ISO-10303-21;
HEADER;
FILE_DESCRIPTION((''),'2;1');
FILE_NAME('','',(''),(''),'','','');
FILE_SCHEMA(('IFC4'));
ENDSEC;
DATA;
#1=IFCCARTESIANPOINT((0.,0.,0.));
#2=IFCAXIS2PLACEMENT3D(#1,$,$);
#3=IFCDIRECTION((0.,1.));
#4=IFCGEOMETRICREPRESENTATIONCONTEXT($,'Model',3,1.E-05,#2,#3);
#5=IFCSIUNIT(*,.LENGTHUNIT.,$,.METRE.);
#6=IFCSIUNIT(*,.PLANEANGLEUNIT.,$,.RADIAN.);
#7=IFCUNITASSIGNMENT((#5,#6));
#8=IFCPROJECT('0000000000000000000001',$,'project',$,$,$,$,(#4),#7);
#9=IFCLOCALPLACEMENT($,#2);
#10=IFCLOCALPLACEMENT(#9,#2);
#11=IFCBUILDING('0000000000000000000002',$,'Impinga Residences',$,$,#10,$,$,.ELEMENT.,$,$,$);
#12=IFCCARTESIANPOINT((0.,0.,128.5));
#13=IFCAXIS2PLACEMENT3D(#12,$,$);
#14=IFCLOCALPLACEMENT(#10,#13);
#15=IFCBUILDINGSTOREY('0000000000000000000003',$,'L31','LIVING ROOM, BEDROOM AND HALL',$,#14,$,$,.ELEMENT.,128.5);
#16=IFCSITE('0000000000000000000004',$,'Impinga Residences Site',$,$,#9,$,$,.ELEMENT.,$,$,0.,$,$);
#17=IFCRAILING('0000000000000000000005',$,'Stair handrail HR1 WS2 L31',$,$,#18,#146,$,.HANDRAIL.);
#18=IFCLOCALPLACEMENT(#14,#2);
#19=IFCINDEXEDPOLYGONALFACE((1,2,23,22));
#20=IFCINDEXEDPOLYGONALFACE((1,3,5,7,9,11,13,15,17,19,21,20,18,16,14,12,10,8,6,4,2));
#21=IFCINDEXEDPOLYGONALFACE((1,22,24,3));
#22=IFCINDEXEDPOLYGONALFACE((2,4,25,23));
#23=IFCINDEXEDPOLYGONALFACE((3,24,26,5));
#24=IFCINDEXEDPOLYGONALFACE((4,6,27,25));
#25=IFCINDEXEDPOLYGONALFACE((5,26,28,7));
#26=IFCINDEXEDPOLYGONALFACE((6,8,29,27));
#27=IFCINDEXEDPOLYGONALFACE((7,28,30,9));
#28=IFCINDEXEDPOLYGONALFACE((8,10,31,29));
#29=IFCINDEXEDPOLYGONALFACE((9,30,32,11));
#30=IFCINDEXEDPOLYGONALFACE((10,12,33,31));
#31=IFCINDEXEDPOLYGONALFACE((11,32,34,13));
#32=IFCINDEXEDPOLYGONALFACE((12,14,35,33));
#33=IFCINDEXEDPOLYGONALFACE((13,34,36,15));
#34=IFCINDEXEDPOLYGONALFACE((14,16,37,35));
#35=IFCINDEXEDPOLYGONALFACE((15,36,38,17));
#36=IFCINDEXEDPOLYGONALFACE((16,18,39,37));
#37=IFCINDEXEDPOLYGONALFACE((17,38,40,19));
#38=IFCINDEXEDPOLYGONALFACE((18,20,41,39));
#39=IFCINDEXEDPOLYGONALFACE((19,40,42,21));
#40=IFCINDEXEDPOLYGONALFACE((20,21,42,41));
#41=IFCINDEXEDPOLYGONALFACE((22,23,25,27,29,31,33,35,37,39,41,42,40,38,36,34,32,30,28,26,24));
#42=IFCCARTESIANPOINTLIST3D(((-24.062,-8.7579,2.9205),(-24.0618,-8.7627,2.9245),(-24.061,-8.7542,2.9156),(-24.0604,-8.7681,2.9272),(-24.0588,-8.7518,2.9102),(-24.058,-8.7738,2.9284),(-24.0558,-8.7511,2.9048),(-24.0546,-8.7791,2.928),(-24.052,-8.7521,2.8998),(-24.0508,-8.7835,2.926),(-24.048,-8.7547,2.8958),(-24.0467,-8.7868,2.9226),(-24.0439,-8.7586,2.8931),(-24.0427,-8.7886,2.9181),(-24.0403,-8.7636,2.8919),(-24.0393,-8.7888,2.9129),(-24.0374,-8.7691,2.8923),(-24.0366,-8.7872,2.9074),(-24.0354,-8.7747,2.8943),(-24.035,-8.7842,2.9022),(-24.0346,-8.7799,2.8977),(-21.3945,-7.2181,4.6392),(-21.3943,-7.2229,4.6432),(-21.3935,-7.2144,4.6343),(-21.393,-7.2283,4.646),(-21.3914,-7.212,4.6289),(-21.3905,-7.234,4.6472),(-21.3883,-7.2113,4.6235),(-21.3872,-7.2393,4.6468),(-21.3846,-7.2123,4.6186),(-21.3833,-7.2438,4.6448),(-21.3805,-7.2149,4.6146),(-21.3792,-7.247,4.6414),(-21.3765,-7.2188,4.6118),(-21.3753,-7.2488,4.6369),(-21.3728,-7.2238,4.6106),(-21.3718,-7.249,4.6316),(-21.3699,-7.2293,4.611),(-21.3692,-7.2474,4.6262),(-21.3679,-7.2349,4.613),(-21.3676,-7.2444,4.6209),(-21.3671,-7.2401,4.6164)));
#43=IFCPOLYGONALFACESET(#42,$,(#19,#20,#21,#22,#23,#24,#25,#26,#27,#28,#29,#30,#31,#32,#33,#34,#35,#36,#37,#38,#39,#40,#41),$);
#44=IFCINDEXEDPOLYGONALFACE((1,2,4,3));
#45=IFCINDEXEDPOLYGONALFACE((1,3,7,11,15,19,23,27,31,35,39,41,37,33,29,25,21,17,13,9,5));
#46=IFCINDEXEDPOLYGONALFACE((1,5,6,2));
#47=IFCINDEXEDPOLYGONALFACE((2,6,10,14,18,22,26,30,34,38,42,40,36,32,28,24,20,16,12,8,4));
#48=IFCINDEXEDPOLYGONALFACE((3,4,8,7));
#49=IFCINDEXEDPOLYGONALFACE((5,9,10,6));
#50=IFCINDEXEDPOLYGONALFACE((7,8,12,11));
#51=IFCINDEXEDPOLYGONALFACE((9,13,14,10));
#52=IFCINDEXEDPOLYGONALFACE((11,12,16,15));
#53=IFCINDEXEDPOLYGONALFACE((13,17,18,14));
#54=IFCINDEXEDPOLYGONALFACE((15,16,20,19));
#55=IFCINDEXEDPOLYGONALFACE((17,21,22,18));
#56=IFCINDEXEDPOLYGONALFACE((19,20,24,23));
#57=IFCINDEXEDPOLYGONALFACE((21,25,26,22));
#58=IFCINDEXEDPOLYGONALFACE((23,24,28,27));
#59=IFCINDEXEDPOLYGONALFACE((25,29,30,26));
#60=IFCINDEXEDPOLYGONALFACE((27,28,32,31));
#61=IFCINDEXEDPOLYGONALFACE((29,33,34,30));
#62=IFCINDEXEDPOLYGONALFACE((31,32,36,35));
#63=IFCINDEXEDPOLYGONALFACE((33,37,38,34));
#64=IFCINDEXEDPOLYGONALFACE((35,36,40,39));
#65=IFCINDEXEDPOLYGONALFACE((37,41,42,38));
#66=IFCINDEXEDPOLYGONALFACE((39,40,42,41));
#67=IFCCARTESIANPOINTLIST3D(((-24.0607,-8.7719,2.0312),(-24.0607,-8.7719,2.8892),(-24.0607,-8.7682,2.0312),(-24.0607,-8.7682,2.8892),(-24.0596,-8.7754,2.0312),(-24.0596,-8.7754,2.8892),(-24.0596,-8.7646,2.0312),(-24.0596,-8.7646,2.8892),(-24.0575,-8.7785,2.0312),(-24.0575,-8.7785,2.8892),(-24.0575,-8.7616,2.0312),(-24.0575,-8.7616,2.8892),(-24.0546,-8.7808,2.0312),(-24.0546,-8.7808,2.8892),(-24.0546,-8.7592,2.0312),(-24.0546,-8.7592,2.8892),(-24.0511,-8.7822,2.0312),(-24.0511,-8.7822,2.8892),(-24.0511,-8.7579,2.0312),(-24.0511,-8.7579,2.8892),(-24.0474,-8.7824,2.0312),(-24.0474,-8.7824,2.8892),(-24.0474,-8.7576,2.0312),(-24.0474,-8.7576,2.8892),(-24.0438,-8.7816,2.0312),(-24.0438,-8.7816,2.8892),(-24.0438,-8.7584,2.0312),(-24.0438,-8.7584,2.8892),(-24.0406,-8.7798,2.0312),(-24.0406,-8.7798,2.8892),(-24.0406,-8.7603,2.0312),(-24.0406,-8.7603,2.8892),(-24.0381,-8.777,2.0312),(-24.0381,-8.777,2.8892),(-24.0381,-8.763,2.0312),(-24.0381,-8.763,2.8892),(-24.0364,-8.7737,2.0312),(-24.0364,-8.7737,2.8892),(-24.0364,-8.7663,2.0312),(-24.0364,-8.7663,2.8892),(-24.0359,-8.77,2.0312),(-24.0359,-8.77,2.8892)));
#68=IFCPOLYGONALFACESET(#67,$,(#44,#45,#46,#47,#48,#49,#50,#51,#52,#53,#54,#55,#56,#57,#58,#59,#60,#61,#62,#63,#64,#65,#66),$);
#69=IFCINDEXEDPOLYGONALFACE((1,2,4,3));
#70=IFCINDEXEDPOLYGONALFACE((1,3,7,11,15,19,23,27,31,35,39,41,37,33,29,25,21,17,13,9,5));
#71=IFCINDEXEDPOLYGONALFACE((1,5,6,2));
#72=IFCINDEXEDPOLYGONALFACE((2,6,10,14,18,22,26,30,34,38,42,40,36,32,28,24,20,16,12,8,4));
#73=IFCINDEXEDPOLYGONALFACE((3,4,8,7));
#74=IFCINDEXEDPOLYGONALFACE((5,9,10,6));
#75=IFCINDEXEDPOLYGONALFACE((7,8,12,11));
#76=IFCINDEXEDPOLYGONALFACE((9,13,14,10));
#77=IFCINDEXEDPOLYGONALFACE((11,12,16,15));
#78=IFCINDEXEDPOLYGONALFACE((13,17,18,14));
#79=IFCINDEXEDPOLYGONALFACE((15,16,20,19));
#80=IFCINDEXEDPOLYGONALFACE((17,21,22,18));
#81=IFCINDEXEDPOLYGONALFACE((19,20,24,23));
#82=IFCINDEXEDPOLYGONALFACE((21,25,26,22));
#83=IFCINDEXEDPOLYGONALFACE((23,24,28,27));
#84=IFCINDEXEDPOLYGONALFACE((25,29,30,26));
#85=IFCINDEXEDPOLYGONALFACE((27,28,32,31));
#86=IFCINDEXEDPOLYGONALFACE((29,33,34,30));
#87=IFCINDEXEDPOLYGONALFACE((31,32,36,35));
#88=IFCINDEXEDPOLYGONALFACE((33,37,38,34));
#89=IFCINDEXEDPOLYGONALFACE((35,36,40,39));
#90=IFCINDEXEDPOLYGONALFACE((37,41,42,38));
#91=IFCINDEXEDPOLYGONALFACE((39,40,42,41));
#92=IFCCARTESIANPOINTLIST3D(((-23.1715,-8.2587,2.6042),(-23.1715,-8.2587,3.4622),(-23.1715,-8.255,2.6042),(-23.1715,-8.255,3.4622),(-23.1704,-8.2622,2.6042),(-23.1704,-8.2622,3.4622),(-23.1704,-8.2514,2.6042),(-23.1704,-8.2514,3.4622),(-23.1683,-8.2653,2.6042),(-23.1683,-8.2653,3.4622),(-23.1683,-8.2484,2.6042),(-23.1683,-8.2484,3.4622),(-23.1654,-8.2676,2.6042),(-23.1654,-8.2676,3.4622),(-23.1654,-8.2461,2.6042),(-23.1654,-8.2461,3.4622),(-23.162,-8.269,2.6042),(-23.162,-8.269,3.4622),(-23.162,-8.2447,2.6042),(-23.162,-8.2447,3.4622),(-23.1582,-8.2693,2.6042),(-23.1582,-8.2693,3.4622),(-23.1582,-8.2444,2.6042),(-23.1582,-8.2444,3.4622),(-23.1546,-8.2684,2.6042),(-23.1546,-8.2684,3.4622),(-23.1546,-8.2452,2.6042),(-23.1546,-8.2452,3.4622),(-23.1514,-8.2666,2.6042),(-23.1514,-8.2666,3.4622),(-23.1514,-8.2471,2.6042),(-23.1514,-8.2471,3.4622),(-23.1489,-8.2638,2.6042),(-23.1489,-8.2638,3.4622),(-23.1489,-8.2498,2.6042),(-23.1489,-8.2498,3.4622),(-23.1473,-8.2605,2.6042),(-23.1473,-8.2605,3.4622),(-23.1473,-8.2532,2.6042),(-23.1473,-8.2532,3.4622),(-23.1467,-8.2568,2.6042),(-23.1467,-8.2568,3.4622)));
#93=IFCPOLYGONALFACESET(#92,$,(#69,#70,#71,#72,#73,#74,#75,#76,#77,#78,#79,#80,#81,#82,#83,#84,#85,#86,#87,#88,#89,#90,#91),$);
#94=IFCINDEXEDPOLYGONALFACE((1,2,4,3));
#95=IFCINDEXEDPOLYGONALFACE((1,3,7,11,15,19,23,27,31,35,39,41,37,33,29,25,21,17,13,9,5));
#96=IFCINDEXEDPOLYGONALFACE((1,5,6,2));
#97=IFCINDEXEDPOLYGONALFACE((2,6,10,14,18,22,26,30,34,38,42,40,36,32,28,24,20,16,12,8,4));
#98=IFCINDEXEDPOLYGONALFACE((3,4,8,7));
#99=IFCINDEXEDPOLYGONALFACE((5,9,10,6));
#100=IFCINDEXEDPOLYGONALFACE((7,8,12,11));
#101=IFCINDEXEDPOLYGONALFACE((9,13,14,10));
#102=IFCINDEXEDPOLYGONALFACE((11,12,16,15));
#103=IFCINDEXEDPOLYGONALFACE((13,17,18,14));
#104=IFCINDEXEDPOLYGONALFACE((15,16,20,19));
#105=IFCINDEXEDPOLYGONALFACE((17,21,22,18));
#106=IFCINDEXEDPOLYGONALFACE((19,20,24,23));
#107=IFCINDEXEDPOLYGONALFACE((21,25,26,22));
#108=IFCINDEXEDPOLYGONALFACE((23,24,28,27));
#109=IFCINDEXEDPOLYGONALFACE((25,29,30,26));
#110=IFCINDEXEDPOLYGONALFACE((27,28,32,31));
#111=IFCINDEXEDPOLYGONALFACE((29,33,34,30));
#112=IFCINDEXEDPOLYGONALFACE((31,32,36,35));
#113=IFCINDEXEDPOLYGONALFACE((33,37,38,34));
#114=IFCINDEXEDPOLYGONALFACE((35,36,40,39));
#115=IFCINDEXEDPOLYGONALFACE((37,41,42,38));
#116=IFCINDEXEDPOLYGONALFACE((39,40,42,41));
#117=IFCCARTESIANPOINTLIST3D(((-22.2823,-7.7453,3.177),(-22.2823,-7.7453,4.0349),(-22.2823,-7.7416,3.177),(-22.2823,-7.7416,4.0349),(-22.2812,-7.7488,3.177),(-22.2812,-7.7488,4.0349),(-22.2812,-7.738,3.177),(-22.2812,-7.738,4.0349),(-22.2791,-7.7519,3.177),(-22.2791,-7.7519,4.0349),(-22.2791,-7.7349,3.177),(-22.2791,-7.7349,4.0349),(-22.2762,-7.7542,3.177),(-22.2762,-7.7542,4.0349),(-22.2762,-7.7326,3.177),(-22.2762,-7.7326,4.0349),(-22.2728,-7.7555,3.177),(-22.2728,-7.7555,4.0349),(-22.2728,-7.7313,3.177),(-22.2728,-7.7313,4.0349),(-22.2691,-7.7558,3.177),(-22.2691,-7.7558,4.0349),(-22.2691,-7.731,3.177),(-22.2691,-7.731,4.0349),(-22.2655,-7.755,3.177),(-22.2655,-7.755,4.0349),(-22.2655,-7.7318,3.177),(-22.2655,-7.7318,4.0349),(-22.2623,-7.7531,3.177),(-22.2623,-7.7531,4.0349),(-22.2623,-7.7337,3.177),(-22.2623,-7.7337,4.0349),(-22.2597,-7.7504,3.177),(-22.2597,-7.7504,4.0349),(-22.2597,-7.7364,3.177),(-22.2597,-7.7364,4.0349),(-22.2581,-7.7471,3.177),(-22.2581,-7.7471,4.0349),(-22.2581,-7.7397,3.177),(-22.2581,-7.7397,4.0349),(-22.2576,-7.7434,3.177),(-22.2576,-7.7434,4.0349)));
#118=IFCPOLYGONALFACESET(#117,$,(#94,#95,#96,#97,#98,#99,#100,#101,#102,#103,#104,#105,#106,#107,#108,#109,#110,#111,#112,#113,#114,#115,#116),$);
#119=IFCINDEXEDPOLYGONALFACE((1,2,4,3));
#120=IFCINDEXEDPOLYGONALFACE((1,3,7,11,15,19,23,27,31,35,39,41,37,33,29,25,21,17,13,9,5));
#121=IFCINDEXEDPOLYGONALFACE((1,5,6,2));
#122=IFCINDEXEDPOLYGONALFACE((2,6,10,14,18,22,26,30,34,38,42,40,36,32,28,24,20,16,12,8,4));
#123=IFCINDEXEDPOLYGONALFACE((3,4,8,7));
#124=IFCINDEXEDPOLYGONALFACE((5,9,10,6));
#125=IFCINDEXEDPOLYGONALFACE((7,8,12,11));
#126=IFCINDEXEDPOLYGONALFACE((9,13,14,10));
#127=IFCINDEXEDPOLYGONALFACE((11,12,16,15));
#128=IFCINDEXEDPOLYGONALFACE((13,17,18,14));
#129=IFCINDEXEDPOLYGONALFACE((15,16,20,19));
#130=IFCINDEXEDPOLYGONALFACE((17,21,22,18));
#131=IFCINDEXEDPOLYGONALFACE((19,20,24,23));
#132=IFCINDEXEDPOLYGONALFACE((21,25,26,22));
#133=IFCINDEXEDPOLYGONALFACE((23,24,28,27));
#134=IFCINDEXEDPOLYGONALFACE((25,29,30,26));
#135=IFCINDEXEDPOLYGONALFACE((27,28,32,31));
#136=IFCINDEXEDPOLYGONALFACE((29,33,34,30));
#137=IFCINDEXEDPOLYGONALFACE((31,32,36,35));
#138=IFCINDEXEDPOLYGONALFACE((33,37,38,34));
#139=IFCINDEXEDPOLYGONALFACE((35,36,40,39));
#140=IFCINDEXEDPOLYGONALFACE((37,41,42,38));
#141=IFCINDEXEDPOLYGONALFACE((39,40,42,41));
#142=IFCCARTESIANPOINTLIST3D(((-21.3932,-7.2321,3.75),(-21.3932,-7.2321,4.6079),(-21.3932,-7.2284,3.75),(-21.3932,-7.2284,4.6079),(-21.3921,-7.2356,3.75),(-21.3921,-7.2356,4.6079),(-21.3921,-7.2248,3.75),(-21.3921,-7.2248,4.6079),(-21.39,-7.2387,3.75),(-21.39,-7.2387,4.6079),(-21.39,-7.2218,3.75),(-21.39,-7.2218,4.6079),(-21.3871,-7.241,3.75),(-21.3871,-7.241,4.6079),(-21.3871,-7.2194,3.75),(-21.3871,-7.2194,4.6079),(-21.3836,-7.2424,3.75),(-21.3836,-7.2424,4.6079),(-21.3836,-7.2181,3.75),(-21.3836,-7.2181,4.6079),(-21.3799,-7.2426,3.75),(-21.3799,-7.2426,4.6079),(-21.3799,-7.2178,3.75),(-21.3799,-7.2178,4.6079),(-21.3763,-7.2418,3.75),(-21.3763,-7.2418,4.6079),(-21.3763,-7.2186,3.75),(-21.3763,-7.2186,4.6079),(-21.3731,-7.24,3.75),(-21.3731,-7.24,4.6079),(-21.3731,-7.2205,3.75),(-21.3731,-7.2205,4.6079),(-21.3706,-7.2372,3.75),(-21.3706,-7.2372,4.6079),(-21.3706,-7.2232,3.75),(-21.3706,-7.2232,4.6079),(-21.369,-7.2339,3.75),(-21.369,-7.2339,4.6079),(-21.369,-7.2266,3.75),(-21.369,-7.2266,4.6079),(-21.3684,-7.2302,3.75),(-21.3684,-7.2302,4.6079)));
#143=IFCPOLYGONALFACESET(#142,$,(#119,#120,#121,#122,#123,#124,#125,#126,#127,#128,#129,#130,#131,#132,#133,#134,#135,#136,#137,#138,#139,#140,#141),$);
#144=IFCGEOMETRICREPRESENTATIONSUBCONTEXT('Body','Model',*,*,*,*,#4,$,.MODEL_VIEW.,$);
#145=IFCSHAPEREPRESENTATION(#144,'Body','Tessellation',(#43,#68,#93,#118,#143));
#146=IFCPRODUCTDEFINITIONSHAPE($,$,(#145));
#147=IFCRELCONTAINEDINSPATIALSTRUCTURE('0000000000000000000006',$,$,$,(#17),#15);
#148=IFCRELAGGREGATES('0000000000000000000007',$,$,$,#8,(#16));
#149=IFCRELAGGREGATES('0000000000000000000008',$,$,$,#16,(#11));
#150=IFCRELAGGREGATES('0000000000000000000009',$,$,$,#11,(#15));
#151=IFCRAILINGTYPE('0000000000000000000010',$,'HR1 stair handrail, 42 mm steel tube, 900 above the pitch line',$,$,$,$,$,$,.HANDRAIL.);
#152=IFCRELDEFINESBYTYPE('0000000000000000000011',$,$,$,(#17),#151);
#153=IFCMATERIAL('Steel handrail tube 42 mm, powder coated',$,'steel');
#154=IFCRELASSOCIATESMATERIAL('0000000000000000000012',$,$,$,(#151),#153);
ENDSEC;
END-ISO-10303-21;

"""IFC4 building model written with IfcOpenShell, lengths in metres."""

from ifc_helpers import new_model, si_unit, direction, frame, origin, origin_2d, place, context, subcontext, project, spatial, circle, extrude, material, type_object, element, save


model = new_model("IFC4")

# Units and contexts
model_context = context("Model", 3, precision=1e-05, world=origin(), true_north=direction((0.0, 1.0)))
body_context = subcontext(model_context, "Body", "Model", "MODEL_VIEW")
ifc_project = project(units=[si_unit("LENGTHUNIT", "METRE"), si_unit("PLANEANGLEUNIT", "RADIAN")], contexts=[model_context])

# Site, building, storey
site_placement = place(None, origin())
site = spatial("IfcSite", under=ifc_project, at=site_placement, Name="Impinga Residences Site", CompositionType="ELEMENT", RefElevation=0.0)
building_placement = place(site_placement, origin())
building = spatial("IfcBuilding", under=site, at=building_placement, Name="Impinga Residences", CompositionType="ELEMENT")
storey_placement = place(building_placement, frame((0.0, 0.0, 128.5)))
storey = spatial("IfcBuildingStorey", under=building, at=storey_placement, Name="L31", Description="LIVING ROOM, BEDROOM AND HALL", CompositionType="ELEMENT", Elevation=128.5)

# Railing
ifc_material_1 = material(Name="Steel handrail tube 42 mm, powder coated", Category="steel")
railing_type_1 = type_object("IfcRailingType", Name="HR1 stair handrail, 42 mm steel tube, 900 above the pitch line", PredefinedType="HANDRAIL", material=ifc_material_1)
railing_1_placement = place(storey_placement, frame((-24.0483, -8.77, 2.0312)))
element("IfcRailing", 1, at=railing_1_placement, inside=storey, type_object=railing_type_1, Name="Stair handrail HR1 WS2 L31", PredefinedType="HANDRAIL", context=body_context, shape_type="SweptSolid", body=[
    extrude(circle(Radius=0.021, at=origin_2d()), frame((0.0, 0.0, 0.8789), z_axis=(0.756279, 0.43656, 0.487297), x_axis=(-0.499933, 0.866064, 0.0)), (0.0, 0.0, 1.0), 3.5271),
    extrude(circle(Radius=0.0125, at=origin_2d()), origin(), (0.0, 0.0, 1.0), 0.8579),
    extrude(circle(Radius=0.0125, at=origin_2d()), frame((0.8892, 0.5132, 0.573)), (0.0, 0.0, 1.0), 0.8579),
    extrude(circle(Radius=0.0125, at=origin_2d()), frame((1.7783, 1.0266, 1.1458)), (0.0, 0.0, 1.0), 0.8579),
    extrude(circle(Radius=0.0125, at=origin_2d()), frame((2.6675, 1.5398, 1.7188)), (0.0, 0.0, 1.0), 0.8579),
])

save(model, "model.ifc")
